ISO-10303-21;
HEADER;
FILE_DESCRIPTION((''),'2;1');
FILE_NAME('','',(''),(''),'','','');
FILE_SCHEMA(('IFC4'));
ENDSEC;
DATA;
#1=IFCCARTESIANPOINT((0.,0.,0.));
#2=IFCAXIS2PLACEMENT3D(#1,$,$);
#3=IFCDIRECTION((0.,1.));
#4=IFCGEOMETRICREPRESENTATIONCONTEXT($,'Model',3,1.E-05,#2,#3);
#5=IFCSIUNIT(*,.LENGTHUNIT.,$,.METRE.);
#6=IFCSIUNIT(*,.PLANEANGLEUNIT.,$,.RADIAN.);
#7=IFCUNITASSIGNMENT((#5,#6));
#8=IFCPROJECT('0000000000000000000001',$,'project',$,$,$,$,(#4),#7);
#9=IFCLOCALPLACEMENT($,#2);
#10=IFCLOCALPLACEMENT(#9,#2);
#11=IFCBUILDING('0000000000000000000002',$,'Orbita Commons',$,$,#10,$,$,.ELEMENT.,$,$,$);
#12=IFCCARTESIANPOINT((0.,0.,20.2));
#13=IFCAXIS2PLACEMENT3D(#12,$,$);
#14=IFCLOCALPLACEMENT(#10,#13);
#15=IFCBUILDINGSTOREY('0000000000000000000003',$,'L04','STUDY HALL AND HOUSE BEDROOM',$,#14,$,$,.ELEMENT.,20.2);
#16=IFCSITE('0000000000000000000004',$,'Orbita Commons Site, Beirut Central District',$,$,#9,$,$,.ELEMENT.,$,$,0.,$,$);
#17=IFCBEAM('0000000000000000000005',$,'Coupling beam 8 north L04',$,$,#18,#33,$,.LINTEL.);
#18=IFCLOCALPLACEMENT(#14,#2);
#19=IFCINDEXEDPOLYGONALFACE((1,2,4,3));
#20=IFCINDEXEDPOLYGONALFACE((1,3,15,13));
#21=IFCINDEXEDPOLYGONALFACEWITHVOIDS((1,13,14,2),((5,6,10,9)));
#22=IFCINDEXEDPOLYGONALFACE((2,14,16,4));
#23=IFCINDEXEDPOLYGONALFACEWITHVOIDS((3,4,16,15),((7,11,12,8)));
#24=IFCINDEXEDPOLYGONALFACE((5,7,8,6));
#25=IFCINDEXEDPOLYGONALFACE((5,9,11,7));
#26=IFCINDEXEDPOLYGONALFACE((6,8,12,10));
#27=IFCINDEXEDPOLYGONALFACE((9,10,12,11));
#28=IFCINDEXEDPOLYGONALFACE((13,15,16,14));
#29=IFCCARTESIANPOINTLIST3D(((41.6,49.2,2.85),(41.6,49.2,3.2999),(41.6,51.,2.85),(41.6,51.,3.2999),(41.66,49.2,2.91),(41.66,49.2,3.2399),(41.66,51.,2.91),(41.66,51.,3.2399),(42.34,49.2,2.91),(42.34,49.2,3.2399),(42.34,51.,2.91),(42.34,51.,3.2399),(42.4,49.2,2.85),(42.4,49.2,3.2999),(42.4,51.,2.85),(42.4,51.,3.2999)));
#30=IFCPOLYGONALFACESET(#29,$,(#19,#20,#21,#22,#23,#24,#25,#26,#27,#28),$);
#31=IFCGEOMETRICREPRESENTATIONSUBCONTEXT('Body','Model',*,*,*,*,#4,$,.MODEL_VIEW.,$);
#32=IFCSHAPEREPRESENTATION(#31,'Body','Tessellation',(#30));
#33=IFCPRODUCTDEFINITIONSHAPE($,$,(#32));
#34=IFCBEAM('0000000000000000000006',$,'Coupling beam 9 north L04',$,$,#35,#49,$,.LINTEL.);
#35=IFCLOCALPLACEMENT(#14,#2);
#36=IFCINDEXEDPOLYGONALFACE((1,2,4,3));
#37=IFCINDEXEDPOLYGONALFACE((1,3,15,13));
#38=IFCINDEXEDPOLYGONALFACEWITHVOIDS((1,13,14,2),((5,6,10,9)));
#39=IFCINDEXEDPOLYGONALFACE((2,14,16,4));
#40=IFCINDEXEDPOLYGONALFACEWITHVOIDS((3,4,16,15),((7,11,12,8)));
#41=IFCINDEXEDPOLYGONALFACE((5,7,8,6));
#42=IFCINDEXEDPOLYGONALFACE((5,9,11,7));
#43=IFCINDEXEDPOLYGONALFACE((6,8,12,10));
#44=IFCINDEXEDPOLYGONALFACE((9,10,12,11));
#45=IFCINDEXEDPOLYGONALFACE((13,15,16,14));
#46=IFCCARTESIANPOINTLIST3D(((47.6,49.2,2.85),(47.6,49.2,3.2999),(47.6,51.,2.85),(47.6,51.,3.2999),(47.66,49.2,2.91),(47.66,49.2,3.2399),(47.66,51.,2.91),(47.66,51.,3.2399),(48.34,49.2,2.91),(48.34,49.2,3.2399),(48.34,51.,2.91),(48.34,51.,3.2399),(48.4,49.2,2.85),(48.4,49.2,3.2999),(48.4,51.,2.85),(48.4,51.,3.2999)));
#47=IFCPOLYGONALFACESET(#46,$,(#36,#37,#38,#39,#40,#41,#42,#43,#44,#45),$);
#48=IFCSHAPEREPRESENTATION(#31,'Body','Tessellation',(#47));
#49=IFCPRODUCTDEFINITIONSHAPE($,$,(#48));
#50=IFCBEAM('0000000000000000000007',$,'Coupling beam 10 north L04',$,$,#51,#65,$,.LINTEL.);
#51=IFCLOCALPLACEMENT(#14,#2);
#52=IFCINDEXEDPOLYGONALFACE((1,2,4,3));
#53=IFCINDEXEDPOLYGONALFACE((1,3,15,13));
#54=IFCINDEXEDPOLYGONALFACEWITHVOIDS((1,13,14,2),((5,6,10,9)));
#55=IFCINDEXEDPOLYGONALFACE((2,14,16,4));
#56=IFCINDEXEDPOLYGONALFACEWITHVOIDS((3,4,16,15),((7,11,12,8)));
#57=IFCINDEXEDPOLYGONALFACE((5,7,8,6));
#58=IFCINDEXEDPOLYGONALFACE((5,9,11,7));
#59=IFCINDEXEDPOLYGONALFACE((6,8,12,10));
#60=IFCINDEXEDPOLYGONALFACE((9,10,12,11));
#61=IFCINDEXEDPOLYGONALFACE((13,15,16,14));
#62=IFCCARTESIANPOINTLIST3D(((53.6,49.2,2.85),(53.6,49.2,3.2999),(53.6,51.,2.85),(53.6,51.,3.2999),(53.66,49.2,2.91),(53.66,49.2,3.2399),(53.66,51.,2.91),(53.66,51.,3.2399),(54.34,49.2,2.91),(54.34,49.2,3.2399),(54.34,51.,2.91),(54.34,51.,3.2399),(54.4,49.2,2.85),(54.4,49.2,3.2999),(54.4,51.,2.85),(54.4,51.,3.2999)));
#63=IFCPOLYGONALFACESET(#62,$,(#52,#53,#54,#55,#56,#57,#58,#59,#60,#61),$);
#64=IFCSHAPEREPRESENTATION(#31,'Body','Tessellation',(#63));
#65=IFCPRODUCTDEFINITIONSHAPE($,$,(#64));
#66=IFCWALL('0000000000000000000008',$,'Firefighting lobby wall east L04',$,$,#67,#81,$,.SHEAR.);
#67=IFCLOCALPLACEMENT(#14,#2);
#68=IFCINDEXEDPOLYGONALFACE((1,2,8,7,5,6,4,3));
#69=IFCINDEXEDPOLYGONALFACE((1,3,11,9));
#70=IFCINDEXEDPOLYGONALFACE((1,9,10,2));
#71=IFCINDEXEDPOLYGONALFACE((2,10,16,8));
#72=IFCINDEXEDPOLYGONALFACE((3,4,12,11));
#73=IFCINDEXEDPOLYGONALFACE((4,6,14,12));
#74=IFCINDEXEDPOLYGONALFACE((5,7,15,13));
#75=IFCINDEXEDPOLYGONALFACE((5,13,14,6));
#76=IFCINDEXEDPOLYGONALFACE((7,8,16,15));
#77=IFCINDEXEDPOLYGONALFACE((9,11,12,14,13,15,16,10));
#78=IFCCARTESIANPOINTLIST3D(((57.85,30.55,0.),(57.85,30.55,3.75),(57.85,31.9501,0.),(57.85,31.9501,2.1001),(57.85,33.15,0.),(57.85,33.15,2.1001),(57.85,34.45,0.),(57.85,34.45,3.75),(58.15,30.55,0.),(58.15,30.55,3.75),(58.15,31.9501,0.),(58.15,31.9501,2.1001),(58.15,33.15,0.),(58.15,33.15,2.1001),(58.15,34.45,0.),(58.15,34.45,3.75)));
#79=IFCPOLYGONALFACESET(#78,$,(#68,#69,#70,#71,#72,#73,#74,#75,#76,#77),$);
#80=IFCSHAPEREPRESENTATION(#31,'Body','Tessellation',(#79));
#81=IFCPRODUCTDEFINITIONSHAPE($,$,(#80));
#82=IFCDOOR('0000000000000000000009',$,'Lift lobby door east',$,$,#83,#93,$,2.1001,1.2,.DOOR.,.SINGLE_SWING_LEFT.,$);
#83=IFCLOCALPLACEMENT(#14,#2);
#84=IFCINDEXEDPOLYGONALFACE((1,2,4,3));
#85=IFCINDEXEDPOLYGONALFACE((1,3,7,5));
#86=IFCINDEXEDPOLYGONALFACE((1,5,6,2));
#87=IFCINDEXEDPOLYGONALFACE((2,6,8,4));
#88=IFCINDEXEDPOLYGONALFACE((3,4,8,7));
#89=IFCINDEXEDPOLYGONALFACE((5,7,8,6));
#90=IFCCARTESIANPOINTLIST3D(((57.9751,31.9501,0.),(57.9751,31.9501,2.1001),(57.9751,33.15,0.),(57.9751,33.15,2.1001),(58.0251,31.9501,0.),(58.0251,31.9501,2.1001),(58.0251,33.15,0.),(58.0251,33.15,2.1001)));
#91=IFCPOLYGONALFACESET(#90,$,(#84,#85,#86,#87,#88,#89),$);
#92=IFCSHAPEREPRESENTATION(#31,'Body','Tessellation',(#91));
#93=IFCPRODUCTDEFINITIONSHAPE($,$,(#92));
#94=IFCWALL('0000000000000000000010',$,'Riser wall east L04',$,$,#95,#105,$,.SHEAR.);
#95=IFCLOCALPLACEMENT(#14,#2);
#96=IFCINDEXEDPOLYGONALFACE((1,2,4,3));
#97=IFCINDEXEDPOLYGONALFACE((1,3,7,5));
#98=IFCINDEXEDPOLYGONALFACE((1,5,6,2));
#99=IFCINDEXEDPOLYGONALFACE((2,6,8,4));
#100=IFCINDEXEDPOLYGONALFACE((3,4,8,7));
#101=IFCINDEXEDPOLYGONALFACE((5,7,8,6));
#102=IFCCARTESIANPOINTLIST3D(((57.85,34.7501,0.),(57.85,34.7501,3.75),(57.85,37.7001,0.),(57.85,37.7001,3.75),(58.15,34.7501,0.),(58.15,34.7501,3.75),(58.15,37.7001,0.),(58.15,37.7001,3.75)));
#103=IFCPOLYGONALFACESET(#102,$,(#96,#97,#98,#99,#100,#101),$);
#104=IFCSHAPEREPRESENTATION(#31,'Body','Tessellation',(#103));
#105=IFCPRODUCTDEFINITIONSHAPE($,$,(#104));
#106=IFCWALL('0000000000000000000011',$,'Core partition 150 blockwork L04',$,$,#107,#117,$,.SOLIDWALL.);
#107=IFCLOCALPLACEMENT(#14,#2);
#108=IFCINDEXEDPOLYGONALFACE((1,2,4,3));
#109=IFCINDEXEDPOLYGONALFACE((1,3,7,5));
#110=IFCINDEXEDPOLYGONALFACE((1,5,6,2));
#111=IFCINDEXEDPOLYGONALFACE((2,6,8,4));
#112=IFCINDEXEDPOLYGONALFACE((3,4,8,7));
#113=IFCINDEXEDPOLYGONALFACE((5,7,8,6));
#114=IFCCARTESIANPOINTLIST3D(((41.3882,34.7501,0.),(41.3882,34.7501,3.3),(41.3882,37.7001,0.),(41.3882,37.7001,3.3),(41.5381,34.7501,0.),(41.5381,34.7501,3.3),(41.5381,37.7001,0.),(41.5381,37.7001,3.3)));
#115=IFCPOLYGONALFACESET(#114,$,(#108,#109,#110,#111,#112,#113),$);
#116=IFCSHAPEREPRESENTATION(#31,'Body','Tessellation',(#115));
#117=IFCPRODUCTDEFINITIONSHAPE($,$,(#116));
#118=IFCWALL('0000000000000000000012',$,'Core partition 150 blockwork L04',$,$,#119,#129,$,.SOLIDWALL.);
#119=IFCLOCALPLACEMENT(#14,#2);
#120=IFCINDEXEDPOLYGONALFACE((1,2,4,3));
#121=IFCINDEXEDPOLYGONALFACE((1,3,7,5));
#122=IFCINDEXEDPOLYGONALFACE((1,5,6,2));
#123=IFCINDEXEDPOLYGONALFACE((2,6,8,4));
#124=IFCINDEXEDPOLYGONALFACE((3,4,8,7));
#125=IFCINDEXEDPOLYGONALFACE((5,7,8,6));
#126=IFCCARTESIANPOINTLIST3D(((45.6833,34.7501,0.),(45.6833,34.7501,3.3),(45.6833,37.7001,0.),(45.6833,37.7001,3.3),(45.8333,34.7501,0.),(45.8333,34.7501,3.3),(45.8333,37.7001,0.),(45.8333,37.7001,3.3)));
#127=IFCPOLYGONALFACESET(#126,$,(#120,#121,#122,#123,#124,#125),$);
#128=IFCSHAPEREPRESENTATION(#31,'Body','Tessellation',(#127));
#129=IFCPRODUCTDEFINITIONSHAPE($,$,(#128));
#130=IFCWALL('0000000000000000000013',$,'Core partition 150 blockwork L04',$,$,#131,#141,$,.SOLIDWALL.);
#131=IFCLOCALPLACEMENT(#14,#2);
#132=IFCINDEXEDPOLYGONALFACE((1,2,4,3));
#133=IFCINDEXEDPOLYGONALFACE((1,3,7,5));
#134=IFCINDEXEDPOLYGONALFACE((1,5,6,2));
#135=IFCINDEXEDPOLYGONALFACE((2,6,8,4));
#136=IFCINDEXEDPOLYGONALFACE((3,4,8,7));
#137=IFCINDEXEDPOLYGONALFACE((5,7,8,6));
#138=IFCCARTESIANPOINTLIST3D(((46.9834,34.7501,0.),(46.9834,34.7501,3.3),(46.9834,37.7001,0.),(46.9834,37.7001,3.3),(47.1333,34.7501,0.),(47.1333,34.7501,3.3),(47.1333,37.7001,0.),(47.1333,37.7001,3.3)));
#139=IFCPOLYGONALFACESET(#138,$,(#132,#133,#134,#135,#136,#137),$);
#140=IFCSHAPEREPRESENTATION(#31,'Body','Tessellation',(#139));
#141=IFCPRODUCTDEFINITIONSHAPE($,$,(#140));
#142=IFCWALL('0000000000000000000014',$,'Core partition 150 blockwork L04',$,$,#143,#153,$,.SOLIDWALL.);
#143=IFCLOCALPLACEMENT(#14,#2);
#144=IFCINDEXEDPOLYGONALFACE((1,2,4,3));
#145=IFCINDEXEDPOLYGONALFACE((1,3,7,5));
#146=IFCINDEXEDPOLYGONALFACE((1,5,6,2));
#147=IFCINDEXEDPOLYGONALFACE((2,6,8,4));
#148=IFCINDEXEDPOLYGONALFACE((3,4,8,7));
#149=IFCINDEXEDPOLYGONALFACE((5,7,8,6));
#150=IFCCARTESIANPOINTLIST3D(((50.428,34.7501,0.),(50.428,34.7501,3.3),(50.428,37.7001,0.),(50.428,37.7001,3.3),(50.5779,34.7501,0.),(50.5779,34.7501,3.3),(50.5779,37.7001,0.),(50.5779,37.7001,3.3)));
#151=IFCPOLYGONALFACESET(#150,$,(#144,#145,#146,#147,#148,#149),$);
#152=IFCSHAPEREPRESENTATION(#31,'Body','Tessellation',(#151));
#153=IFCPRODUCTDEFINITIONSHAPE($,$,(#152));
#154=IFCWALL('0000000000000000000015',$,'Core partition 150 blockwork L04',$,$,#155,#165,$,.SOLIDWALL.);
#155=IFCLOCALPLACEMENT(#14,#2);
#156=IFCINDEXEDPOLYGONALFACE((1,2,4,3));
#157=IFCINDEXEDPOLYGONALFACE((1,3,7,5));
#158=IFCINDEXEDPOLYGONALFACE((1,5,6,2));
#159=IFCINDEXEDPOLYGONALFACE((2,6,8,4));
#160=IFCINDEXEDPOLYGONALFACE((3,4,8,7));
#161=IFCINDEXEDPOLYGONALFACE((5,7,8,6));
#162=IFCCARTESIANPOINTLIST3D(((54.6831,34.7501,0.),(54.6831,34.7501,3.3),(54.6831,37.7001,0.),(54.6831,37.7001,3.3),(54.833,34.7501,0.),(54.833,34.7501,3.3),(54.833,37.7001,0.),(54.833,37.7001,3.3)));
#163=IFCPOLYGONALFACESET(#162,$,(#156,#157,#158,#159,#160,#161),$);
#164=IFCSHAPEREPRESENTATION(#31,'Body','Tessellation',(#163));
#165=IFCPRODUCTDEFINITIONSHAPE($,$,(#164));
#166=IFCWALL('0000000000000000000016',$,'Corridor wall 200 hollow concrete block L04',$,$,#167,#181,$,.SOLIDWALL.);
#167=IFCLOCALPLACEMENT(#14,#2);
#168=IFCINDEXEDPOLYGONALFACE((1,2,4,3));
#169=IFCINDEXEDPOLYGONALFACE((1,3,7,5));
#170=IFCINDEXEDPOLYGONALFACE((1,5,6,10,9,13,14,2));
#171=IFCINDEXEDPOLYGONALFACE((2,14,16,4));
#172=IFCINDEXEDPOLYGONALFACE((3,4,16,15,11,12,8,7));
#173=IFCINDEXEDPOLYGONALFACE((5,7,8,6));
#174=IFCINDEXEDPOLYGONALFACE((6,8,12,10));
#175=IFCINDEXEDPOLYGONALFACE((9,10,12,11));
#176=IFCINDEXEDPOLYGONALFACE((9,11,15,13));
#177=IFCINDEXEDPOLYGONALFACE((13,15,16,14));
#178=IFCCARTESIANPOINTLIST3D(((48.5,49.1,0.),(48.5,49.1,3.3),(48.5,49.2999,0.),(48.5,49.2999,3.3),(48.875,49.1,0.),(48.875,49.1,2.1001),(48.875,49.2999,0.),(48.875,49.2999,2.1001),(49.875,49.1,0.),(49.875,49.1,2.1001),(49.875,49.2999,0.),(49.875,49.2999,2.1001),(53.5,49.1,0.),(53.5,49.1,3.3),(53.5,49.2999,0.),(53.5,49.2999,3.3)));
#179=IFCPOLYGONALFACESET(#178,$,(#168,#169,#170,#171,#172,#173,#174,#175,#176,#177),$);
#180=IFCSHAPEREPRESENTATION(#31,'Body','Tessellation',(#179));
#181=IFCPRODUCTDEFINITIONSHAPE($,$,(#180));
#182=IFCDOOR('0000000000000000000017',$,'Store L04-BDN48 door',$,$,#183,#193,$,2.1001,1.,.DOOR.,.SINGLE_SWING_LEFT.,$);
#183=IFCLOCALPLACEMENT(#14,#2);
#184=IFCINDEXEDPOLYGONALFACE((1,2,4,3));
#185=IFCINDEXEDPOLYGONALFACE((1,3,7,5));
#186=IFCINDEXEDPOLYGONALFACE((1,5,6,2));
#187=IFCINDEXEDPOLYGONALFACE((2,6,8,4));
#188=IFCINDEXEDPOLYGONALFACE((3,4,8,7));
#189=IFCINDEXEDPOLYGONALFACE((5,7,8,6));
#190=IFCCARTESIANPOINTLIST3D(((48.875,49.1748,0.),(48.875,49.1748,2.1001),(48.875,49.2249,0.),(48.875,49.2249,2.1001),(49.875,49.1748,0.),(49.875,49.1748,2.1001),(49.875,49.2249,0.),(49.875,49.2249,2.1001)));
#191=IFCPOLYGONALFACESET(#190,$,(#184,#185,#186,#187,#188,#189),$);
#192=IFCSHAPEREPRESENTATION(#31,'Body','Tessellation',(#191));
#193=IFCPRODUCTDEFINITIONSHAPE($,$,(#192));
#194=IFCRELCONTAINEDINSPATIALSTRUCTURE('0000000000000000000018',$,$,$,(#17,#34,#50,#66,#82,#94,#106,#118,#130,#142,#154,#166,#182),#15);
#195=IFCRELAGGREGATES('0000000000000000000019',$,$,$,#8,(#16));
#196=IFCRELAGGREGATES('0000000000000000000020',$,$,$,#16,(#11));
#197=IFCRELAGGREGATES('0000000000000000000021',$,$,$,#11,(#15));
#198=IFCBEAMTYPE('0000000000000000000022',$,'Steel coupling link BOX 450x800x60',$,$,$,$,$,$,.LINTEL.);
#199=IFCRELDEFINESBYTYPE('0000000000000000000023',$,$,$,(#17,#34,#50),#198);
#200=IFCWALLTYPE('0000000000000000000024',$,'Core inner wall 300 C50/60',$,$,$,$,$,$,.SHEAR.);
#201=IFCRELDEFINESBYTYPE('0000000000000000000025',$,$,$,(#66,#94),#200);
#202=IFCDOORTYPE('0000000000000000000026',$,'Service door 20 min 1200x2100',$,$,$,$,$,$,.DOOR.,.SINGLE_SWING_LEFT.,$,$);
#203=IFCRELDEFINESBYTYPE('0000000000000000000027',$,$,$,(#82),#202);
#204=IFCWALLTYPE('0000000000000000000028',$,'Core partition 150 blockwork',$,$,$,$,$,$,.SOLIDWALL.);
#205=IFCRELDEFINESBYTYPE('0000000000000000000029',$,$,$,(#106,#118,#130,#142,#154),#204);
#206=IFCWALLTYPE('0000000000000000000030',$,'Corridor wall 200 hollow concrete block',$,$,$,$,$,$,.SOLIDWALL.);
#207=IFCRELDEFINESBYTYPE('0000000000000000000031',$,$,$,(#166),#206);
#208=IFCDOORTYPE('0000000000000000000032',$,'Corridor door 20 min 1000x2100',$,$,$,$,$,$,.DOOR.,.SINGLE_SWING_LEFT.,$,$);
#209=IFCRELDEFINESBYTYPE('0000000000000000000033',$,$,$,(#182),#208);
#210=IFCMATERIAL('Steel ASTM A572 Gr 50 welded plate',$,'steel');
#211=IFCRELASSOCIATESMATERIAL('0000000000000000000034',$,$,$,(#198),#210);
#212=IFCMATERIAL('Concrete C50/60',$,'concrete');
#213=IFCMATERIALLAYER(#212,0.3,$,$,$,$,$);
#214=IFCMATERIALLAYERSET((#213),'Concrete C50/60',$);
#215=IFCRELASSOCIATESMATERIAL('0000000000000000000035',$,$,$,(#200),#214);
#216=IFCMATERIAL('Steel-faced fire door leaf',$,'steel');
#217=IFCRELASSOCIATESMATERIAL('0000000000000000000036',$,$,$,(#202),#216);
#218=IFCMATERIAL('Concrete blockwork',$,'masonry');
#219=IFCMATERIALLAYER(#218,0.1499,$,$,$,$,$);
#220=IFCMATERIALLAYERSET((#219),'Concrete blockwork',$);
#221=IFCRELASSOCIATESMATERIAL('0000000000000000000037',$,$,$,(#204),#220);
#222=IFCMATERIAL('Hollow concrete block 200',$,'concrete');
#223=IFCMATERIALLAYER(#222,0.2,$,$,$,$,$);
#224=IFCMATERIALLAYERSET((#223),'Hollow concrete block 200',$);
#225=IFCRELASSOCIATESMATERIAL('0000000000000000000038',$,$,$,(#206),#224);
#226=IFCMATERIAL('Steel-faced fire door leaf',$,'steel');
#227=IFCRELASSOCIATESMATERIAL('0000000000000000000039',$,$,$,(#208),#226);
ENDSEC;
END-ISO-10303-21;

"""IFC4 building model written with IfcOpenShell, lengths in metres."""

from ifc_helpers import new_model, si_unit, direction, frame, frame_2d, origin, origin_2d, place, context, subcontext, project, spatial, rectangle, hollow_rectangle, extrude, material, layer, layer_set, material_profile, profile_set, type_object, element, fill, save


model = new_model("IFC4")

# Units and contexts
model_context = context("Model", 3, precision=1e-05, world=origin(), true_north=direction((0.0, 1.0)))
body_context = subcontext(model_context, "Body", "Model", "MODEL_VIEW")
ifc_project = project(units=[si_unit("LENGTHUNIT", "METRE"), si_unit("PLANEANGLEUNIT", "RADIAN")], contexts=[model_context])

# Site, building, storey
site_placement = place(None, origin())
site = spatial("IfcSite", under=ifc_project, at=site_placement, Name="Orbita Commons Site, Beirut Central District", CompositionType="ELEMENT", RefElevation=0.0)
building_placement = place(site_placement, origin())
building = spatial("IfcBuilding", under=site, at=building_placement, Name="Orbita Commons", CompositionType="ELEMENT")
storey_placement = place(building_placement, frame((0.0, 0.0, 20.2)))
storey = spatial("IfcBuildingStorey", under=building, at=storey_placement, Name="L04", Description="STUDY HALL AND HOUSE BEDROOM", CompositionType="ELEMENT", Elevation=20.2)

# Beams
ifc_material_1 = material(Name="Steel ASTM A572 Gr 50 welded plate", Category="steel")
ifc_material_profile = material_profile(ifc_material_1, hollow_rectangle(XDim=0.8, YDim=0.45, WallThickness=0.0601, at=origin_2d()), Name="BOX 450x800x60")
ifc_profile_set = profile_set([ifc_material_profile], Name="Steel ASTM A572 Gr 50 welded plate")
beam_type = type_object("IfcBeamType", Name="Steel coupling link BOX 450x800x60", PredefinedType="LINTEL", material=ifc_profile_set)
for number, where, z_axis, x_axis, name in (
    (1, (42.0, 49.2, 3.075), (0.0, 1.0, 0.0), (-1.0, 0.0, 0.0), "Coupling beam 8 north L04"),
    (2, (48.0, 49.2, 3.075), (0.0, 1.0, 0.0), (-1.0, 0.0, 0.0), "Coupling beam 9 north L04"),
    (3, (54.0, 49.2, 3.075), (0.0, 1.0, 0.0), (-1.0, 0.0, 0.0), "Coupling beam 10 north L04"),
):
    element("IfcBeam", number, at=place(storey_placement, frame(where, z_axis=z_axis, x_axis=x_axis)), inside=storey, type_object=beam_type, Name=name, PredefinedType="LINTEL", context=body_context, shape_type="SweptSolid", body=[
        extrude(hollow_rectangle(XDim=0.8, YDim=0.45, WallThickness=0.0601, at=origin_2d()), origin(), (0.0, 0.0, 1.0), 1.8),
    ])

# Wall, opening, door
ifc_material_2 = material(Name="Concrete C50/60", Category="concrete")
ifc_layer_1 = layer(ifc_material_2, 0.3)
ifc_layer_set_1 = layer_set([ifc_layer_1], Name="Concrete C50/60")
wall_type_1 = type_object("IfcWallType", Name="Core inner wall 300 C50/60", PredefinedType="SHEAR", material=ifc_layer_set_1)
wall_1_placement = place(storey_placement, frame((58.0, 30.55, 0.0), z_axis=(0.0, 0.0, 1.0), x_axis=(0.0, 1.0, 0.0)))
wall_1 = element("IfcWall", 4, at=wall_1_placement, inside=storey, type_object=wall_type_1, Name="Firefighting lobby wall east L04", PredefinedType="SHEAR", context=body_context, shape_type="SweptSolid", body=[
    extrude(rectangle(XDim=3.8999, YDim=0.3, at=frame_2d((1.95, 0.0))), origin(), (0.0, 0.0, 1.0), 3.75),
])
opening_1_placement = place(wall_1_placement, frame((1.3999, 0.0, 0.0)))
opening_1 = element("IfcOpeningElement", 5, at=opening_1_placement, cuts=wall_1, PredefinedType="OPENING", context=body_context, shape_type="SweptSolid", body=[
    extrude(rectangle(XDim=1.2, YDim=2.1001, at=frame_2d((0.6001, 1.05))), frame((0.0, 0.1599, 0.0), z_axis=(0.0, -1.0, 0.0), x_axis=(1.0, 0.0, 0.0)), (0.0, 0.0, 1.0), 0.3201),
])
ifc_material_3 = material(Name="Steel-faced fire door leaf", Category="steel")
door_type_1 = type_object("IfcDoorType", Name="Service door 20 min 1200x2100", OperationType="SINGLE_SWING_LEFT", PredefinedType="DOOR", material=ifc_material_3)
door_1_placement = place(opening_1_placement, origin())
door_1 = element("IfcDoor", 6, at=door_1_placement, inside=storey, type_object=door_type_1, Name="Lift lobby door east", OperationType="SINGLE_SWING_LEFT", OverallHeight=2.1001, OverallWidth=1.2, PredefinedType="DOOR", context=body_context, shape_type="SweptSolid", body=[
    extrude(rectangle(XDim=1.2, YDim=2.1001, at=frame_2d((0.6001, 1.05))), frame((0.0, 0.0249, 0.0), z_axis=(0.0, -1.0, 0.0), x_axis=(1.0, 0.0, 0.0)), (0.0, 0.0, 1.0), 0.05),
])
fill(opening_1, door_1)

# Walls
wall_2_placement = place(storey_placement, frame((58.0, 34.75, 0.0), z_axis=(0.0, 0.0, 1.0), x_axis=(0.0, 1.0, 0.0)))
element("IfcWall", 7, at=wall_2_placement, inside=storey, type_object=wall_type_1, Name="Riser wall east L04", PredefinedType="SHEAR", context=body_context, shape_type="SweptSolid", body=[
    extrude(rectangle(XDim=2.95, YDim=0.3, at=frame_2d((1.4751, 0.0))), origin(), (0.0, 0.0, 1.0), 3.75),
])
ifc_material_4 = material(Name="Concrete blockwork", Category="masonry")
ifc_layer_2 = layer(ifc_material_4, 0.1499)
ifc_layer_set_2 = layer_set([ifc_layer_2], Name="Concrete blockwork")
wall_type_2 = type_object("IfcWallType", Name="Core partition 150 blockwork", PredefinedType="SOLIDWALL", material=ifc_layer_set_2)
for number, where, z_axis, x_axis, name in (
    (8, (41.4631, 34.75, 0.0), (0.0, 0.0, 1.0), (0.0, 1.0, 0.0), "Core partition 150 blockwork L04"),
    (9, (45.7583, 34.75, 0.0), (0.0, 0.0, 1.0), (0.0, 1.0, 0.0), "Core partition 150 blockwork L04"),
    (10, (47.0583, 34.75, 0.0), (0.0, 0.0, 1.0), (0.0, 1.0, 0.0), "Core partition 150 blockwork L04"),
    (11, (50.5029, 34.75, 0.0), (0.0, 0.0, 1.0), (0.0, 1.0, 0.0), "Core partition 150 blockwork L04"),
    (12, (54.7581, 34.75, 0.0), (0.0, 0.0, 1.0), (0.0, 1.0, 0.0), "Core partition 150 blockwork L04"),
):
    element("IfcWall", number, at=place(storey_placement, frame(where, z_axis=z_axis, x_axis=x_axis)), inside=storey, type_object=wall_type_2, Name=name, PredefinedType="SOLIDWALL", context=body_context, shape_type="SweptSolid", body=[
        extrude(rectangle(XDim=2.95, YDim=0.1499, at=frame_2d((1.4751, 0.0))), origin(), (0.0, 0.0, 1.0), 3.3),
    ])

# Wall, opening, door
ifc_material_5 = material(Name="Hollow concrete block 200", Category="concrete")
ifc_layer_3 = layer(ifc_material_5, 0.2)
ifc_layer_set_3 = layer_set([ifc_layer_3], Name="Hollow concrete block 200")
wall_type_3 = type_object("IfcWallType", Name="Corridor wall 200 hollow concrete block", PredefinedType="SOLIDWALL", material=ifc_layer_set_3)
wall_3_placement = place(storey_placement, frame((48.5, 49.2, 0.0), z_axis=(0.0, 0.0, 1.0), x_axis=(1.0, 0.0, 0.0)))
wall_3 = element("IfcWall", 13, at=wall_3_placement, inside=storey, type_object=wall_type_3, Name="Corridor wall 200 hollow concrete block L04", PredefinedType="SOLIDWALL", context=body_context, shape_type="SweptSolid", body=[
    extrude(rectangle(XDim=5.0, YDim=0.2, at=frame_2d((2.5, 0.0))), origin(), (0.0, 0.0, 1.0), 3.3),
])
opening_2_placement = place(wall_3_placement, frame((0.375, 0.0, 0.0)))
opening_2 = element("IfcOpeningElement", 14, at=opening_2_placement, cuts=wall_3, PredefinedType="OPENING", context=body_context, shape_type="SweptSolid", body=[
    extrude(rectangle(XDim=1.0, YDim=2.1001, at=frame_2d((0.5, 1.05))), frame((0.0, 0.1099, 0.0), z_axis=(0.0, -1.0, 0.0), x_axis=(1.0, 0.0, 0.0)), (0.0, 0.0, 1.0), 0.22),
])
ifc_material_6 = material(Name="Steel-faced fire door leaf", Category="steel")
door_type_2 = type_object("IfcDoorType", Name="Corridor door 20 min 1000x2100", OperationType="SINGLE_SWING_LEFT", PredefinedType="DOOR", material=ifc_material_6)
door_2_placement = place(opening_2_placement, origin())
door_2 = element("IfcDoor", 15, at=door_2_placement, inside=storey, type_object=door_type_2, Name="Store L04-BDN48 door", OperationType="SINGLE_SWING_LEFT", OverallHeight=2.1001, OverallWidth=1.0, PredefinedType="DOOR", context=body_context, shape_type="SweptSolid", body=[
    extrude(rectangle(XDim=1.0, YDim=2.1001, at=frame_2d((0.5, 1.05))), frame((0.0, 0.0249, 0.0), z_axis=(0.0, -1.0, 0.0), x_axis=(1.0, 0.0, 0.0)), (0.0, 0.0, 1.0), 0.05),
])
fill(opening_2, door_2)

save(model, "model.ifc")
